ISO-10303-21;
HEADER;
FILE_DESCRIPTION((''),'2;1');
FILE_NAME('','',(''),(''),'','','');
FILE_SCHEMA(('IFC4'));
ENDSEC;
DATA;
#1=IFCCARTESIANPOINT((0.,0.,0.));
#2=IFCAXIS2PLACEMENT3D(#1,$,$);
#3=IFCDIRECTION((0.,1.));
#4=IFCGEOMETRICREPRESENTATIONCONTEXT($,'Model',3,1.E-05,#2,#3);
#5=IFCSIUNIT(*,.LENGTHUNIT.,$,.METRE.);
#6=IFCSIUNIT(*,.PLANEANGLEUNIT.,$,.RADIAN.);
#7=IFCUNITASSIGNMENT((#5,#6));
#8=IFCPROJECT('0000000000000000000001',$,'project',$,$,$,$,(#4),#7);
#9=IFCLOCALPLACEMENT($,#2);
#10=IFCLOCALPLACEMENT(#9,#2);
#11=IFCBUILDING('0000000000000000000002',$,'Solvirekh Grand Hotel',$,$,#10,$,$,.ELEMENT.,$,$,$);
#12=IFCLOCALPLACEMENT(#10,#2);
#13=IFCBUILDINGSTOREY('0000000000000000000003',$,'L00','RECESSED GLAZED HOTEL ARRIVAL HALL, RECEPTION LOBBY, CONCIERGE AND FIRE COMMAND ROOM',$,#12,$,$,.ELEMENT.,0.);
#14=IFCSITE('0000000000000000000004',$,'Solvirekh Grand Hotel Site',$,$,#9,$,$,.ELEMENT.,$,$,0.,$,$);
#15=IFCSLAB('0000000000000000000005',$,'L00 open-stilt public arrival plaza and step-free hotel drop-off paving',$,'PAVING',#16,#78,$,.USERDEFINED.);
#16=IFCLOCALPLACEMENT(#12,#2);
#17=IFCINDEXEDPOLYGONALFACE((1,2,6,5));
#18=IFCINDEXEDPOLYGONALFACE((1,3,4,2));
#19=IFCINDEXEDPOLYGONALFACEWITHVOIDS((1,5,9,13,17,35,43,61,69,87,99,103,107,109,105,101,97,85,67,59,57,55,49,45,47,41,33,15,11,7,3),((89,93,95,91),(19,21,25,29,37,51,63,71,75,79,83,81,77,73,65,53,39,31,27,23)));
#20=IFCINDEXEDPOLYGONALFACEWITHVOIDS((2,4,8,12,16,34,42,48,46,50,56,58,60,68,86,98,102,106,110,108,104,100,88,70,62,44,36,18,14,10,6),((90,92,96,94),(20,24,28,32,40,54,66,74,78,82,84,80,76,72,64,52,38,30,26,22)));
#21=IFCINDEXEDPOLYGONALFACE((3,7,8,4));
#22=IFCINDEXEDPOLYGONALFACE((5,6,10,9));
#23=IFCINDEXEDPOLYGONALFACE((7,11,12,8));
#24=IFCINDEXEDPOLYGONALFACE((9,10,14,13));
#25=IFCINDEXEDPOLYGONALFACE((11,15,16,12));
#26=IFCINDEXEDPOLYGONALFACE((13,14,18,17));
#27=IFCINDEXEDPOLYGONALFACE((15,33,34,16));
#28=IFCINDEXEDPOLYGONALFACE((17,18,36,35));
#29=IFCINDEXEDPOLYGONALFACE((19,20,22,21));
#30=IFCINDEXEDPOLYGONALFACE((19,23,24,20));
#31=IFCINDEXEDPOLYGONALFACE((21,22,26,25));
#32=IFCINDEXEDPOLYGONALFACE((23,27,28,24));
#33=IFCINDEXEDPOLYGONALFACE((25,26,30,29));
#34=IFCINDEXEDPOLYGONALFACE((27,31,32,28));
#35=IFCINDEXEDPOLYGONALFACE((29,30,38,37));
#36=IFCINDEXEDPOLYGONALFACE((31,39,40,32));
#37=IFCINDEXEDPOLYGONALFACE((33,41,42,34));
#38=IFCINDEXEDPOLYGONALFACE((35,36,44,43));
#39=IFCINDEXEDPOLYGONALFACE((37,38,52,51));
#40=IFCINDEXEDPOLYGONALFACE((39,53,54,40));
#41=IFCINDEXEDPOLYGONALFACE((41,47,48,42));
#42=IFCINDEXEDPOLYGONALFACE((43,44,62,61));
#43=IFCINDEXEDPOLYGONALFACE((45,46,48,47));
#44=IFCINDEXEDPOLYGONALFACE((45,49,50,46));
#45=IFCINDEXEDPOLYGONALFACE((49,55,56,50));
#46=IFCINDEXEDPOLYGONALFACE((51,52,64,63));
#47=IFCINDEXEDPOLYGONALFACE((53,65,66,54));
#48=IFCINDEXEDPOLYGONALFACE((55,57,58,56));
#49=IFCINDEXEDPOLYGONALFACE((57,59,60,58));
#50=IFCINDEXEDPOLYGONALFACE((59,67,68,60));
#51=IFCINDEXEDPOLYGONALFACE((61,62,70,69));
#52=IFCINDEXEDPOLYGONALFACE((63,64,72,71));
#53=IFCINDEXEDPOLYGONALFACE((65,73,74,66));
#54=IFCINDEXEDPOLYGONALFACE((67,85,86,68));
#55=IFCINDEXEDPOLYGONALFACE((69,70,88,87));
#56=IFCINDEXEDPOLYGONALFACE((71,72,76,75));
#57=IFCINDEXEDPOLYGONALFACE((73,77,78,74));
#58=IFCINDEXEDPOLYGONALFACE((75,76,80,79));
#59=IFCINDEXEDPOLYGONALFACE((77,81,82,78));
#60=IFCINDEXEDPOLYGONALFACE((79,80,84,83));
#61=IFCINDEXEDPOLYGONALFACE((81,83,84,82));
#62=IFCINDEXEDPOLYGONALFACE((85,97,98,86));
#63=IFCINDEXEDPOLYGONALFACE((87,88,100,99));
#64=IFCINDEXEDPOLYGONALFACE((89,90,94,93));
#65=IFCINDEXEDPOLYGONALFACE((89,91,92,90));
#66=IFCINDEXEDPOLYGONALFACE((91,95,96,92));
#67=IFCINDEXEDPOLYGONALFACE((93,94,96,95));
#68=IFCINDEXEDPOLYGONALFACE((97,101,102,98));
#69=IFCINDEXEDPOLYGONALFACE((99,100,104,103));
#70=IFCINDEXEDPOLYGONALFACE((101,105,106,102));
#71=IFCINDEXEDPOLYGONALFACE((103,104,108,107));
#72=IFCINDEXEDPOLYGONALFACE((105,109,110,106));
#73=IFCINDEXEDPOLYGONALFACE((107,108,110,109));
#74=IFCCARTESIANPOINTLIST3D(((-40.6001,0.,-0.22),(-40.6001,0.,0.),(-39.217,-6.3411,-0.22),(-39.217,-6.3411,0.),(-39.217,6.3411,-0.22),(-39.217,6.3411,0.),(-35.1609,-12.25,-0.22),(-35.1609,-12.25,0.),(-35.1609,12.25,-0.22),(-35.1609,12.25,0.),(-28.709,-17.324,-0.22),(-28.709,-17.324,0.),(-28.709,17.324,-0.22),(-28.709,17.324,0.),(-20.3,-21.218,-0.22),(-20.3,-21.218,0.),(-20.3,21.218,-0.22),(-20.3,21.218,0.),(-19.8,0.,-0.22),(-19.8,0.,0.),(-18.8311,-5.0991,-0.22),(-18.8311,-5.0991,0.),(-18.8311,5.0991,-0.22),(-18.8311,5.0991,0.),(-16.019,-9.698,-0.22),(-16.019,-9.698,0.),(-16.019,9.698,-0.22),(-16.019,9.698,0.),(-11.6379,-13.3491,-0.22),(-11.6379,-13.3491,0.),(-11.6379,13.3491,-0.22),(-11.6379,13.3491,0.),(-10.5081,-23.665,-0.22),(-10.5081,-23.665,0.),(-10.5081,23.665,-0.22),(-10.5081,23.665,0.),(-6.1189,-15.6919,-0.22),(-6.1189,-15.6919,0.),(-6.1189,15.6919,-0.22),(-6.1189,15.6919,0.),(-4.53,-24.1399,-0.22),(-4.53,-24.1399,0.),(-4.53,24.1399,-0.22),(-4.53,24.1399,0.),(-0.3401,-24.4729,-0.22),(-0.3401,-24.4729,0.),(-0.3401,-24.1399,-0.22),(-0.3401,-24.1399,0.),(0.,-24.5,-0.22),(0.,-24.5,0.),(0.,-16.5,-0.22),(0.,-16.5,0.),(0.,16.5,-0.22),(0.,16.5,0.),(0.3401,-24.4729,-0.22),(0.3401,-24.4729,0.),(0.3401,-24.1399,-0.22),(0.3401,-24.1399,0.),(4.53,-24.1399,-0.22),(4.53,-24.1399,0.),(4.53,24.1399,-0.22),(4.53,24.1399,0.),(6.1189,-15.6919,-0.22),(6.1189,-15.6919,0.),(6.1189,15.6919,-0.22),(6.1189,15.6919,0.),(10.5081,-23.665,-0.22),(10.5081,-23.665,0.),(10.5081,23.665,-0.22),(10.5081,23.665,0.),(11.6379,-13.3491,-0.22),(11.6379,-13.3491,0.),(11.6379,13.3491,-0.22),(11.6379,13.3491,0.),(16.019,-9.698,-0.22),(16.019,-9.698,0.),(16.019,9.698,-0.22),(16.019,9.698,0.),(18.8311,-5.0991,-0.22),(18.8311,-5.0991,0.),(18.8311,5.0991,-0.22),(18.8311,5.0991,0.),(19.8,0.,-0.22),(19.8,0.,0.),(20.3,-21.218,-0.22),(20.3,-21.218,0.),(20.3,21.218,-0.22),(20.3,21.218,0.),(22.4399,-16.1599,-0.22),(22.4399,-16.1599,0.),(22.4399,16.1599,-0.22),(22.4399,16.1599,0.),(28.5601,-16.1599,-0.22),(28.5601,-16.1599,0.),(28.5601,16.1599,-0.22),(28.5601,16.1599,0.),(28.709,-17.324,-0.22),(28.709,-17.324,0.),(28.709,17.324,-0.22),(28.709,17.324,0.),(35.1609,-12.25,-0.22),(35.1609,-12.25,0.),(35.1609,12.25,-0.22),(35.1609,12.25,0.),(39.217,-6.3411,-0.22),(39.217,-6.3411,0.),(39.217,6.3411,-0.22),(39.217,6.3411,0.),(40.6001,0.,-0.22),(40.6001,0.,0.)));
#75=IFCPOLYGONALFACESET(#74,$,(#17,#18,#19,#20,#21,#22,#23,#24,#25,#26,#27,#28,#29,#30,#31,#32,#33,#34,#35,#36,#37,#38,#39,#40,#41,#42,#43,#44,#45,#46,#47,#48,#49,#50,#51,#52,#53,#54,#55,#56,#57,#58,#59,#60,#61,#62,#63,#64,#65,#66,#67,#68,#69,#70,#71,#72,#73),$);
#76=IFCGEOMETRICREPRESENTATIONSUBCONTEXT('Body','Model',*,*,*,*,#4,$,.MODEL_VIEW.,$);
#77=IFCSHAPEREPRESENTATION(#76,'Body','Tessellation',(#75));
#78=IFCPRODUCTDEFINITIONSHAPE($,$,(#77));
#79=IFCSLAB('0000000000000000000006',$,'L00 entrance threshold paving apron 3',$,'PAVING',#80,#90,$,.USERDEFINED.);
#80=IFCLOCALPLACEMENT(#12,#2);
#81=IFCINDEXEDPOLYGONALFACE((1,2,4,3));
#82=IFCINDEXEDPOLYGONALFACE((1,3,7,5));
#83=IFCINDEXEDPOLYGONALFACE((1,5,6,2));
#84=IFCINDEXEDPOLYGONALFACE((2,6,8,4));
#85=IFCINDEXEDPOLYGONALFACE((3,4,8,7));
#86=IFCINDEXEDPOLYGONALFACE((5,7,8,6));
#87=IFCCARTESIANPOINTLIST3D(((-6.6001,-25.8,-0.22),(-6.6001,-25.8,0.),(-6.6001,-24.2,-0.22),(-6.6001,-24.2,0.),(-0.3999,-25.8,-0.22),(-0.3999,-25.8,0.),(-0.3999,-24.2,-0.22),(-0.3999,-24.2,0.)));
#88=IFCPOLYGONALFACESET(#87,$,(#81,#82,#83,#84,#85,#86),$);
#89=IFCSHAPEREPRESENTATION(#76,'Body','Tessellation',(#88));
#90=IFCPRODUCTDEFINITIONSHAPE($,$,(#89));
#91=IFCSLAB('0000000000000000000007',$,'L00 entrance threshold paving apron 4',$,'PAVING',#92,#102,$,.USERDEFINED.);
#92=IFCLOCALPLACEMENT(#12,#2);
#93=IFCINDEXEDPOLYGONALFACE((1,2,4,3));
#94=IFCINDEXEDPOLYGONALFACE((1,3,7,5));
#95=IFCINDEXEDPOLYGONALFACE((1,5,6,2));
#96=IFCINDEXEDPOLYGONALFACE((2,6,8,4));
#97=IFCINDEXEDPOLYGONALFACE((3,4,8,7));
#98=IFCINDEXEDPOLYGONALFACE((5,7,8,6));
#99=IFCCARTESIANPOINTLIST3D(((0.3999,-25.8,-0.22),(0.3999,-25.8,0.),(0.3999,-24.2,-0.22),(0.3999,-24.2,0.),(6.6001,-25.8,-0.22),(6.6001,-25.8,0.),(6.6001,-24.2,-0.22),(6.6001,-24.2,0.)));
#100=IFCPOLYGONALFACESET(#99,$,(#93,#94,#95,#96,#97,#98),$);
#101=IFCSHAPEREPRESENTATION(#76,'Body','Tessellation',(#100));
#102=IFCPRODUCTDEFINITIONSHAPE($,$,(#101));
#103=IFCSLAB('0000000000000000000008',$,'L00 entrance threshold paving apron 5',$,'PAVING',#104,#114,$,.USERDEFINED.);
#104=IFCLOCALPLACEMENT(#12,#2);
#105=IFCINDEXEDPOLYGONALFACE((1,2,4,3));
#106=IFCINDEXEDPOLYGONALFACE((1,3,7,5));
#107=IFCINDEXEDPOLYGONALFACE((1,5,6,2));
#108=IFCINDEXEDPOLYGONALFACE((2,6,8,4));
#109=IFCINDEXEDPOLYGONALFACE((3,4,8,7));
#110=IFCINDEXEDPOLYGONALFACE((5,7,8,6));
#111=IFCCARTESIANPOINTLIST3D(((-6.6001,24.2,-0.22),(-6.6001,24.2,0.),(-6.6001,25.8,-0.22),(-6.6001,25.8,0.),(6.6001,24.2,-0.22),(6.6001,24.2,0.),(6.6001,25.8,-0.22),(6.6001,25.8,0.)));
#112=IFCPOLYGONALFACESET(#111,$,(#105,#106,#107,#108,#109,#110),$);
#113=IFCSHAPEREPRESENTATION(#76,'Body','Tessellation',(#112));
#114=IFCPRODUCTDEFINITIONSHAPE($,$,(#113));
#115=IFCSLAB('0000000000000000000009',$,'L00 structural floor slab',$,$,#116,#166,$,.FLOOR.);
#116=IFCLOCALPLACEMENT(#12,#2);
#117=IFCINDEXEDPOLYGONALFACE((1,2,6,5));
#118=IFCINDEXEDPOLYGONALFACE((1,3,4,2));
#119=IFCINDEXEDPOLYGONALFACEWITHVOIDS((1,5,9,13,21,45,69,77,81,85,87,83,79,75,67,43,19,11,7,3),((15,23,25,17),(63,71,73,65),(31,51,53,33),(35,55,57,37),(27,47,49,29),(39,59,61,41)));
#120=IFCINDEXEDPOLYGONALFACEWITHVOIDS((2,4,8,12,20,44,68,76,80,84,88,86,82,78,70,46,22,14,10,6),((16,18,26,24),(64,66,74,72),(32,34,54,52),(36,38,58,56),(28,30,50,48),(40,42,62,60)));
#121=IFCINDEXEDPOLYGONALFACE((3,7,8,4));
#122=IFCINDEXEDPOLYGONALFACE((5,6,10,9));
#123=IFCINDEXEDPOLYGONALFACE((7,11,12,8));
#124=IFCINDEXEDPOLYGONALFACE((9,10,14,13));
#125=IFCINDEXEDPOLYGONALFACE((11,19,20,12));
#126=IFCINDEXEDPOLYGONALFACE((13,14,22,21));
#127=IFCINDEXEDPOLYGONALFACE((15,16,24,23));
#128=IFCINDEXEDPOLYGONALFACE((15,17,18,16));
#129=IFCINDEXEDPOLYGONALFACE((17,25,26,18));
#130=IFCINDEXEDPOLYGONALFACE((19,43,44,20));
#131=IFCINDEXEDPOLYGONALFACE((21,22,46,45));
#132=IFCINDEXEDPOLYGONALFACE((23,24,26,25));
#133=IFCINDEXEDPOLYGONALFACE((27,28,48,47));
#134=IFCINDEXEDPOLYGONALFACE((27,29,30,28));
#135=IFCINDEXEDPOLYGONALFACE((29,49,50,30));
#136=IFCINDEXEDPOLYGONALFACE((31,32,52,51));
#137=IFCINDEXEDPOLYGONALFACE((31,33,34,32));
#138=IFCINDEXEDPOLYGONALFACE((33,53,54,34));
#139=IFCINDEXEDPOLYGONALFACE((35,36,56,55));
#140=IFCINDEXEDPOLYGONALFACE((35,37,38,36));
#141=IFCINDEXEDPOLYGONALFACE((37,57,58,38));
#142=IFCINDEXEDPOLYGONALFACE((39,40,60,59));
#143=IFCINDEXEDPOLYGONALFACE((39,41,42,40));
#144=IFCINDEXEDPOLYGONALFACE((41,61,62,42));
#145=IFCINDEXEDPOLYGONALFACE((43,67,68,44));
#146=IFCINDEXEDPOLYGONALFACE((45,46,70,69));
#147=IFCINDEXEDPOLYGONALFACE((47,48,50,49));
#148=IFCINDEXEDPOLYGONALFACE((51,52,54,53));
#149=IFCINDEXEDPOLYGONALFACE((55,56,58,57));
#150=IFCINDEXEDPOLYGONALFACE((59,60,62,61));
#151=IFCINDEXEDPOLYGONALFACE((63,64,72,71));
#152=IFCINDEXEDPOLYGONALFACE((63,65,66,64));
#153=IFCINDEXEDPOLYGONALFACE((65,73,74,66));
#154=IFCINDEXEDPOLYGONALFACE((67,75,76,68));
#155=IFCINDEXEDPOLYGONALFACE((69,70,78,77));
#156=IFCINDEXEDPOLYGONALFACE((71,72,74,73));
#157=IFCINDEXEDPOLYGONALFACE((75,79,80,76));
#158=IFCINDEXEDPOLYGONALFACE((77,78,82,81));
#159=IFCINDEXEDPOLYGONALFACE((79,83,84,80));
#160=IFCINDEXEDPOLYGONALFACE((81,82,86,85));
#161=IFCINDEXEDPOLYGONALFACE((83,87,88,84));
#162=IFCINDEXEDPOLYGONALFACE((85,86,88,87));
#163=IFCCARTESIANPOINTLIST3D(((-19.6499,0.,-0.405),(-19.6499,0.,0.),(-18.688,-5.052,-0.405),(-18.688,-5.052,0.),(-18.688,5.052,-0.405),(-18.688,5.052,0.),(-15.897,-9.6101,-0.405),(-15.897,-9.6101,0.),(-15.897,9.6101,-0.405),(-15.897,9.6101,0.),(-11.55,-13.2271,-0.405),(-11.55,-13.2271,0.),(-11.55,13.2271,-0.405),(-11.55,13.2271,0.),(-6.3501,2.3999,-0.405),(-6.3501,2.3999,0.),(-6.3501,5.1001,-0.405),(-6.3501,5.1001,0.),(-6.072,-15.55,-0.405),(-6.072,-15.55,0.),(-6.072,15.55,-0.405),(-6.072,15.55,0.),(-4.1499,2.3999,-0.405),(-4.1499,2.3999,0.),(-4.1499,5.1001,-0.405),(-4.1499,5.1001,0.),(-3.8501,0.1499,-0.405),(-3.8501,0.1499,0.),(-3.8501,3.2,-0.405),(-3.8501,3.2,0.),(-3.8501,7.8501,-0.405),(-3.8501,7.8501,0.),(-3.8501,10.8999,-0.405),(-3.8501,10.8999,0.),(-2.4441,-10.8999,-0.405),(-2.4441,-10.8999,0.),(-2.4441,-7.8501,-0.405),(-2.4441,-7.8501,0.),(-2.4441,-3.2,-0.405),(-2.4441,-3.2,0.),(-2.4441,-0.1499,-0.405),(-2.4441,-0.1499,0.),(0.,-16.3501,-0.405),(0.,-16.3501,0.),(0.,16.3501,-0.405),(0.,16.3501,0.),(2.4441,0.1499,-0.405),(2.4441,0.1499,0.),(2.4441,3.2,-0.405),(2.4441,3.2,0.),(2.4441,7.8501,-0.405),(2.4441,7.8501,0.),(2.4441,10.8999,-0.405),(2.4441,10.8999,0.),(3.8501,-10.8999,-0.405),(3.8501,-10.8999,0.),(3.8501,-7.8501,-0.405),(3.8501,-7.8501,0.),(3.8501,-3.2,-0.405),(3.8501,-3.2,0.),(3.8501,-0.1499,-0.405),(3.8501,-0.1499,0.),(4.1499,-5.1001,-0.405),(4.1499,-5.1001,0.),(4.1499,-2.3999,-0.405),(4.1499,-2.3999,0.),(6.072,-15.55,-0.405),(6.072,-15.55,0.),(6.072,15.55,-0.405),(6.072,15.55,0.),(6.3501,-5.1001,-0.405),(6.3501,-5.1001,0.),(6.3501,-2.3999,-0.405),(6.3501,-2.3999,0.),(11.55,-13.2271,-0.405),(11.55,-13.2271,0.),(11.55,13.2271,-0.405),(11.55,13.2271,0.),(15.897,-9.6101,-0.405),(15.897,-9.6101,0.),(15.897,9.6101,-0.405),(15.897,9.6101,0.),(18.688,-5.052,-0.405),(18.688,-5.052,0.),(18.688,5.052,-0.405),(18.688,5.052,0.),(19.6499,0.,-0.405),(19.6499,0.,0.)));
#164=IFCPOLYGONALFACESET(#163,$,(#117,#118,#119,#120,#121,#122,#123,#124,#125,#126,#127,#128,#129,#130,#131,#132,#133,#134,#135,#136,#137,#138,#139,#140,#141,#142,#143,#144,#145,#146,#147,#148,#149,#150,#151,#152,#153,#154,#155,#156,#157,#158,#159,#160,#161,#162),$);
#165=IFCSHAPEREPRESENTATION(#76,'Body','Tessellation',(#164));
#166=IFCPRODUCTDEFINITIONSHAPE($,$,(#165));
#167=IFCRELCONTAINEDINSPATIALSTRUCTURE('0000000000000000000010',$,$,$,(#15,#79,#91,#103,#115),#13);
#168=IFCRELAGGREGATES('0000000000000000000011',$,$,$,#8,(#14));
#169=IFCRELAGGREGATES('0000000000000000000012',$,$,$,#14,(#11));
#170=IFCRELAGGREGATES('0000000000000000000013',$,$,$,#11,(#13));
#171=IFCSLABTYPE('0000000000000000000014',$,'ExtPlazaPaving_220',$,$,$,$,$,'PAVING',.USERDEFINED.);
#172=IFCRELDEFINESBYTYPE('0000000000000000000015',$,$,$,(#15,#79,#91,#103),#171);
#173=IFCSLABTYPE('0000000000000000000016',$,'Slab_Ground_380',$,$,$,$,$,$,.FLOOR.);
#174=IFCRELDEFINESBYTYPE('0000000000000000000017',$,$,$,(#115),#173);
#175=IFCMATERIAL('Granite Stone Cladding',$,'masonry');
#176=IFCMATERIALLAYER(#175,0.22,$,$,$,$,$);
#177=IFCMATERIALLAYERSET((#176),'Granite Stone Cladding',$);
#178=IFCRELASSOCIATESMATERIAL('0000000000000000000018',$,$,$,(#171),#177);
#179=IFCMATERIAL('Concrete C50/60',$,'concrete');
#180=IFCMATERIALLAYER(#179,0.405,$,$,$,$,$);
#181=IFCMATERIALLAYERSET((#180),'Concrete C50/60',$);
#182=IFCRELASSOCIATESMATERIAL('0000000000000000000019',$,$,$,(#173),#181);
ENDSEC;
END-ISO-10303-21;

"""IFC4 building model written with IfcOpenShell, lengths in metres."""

from ifc_helpers import new_model, si_unit, direction, frame, origin, place, context, subcontext, project, spatial, polyline, outline, extrude, material, layer, layer_set, type_object, element, save


model = new_model("IFC4")

# Units and contexts
model_context = context("Model", 3, precision=1e-05, world=origin(), true_north=direction((0.0, 1.0)))
body_context = subcontext(model_context, "Body", "Model", "MODEL_VIEW")
ifc_project = project(units=[si_unit("LENGTHUNIT", "METRE"), si_unit("PLANEANGLEUNIT", "RADIAN")], contexts=[model_context])

# Site, building, storey
site_placement = place(None, origin())
site = spatial("IfcSite", under=ifc_project, at=site_placement, Name="Solvirekh Grand Hotel Site", CompositionType="ELEMENT", RefElevation=0.0)
building_placement = place(site_placement, origin())
building = spatial("IfcBuilding", under=site, at=building_placement, Name="Solvirekh Grand Hotel", CompositionType="ELEMENT")
storey_placement = place(building_placement, origin())
storey = spatial("IfcBuildingStorey", under=building, at=storey_placement, Name="L00", Description="RECESSED GLAZED HOTEL ARRIVAL HALL, RECEPTION LOBBY, CONCIERGE AND FIRE COMMAND ROOM", CompositionType="ELEMENT", Elevation=0.0)

# Slabs
ifc_material_1 = material(Name="Granite Stone Cladding", Category="masonry")
ifc_layer_1 = layer(ifc_material_1, 0.22)
ifc_layer_set_1 = layer_set([ifc_layer_1], Name="Granite Stone Cladding")
slab_type_1 = type_object("IfcSlabType", Name="ExtPlazaPaving_220", ElementType="PAVING", PredefinedType="USERDEFINED", material=ifc_layer_set_1)
slab_1_placement = place(storey_placement, frame((0.0, 0.0, -0.22)))
element("IfcSlab", 1, at=slab_1_placement, inside=storey, type_object=slab_type_1, Name="L00 open-stilt public arrival plaza and step-free hotel drop-off paving", ObjectType="PAVING", PredefinedType="USERDEFINED", context=body_context, shape_type="SweptSolid", body=[
    extrude(outline(polyline([(-20.3, -21.218), (-10.5081, -23.665), (-4.53, -24.1399), (-0.3401, -24.1399), (-0.3401, -24.4729), (0.0, -24.5), (0.3401, -24.4729), (0.3401, -24.1399), (4.53, -24.1399), (10.5081, -23.665), (20.3, -21.218), (28.709, -17.324), (35.1609, -12.25), (39.217, -6.3411), (40.6001, 0.0), (39.217, 6.3411), (35.1609, 12.25), (28.709, 17.324), (20.3, 21.218), (10.5081, 23.665), (4.53, 24.1399), (-4.53, 24.1399), (-10.5081, 23.665), (-20.3, 21.218), (-28.709, 17.324), (-35.1609, 12.25), (-39.217, 6.3411), (-40.6001, 0.0), (-39.217, -6.3411), (-35.1609, -12.25), (-28.709, -17.324), (-20.3, -21.218)]), holes=[polyline([(18.8311, -5.0991), (16.019, -9.698), (11.6379, -13.3491), (6.1189, -15.6919), (0.0, -16.5), (-6.1189, -15.6919), (-11.6379, -13.3491), (-16.019, -9.698), (-18.8311, -5.0991), (-19.8, 0.0), (-18.8311, 5.0991), (-16.019, 9.698), (-11.6379, 13.3491), (-6.1189, 15.6919), (0.0, 16.5), (6.1189, 15.6919), (11.6379, 13.3491), (16.019, 9.698), (18.8311, 5.0991), (19.8, 0.0), (18.8311, -5.0991)]), polyline([(22.4399, 16.1599), (28.5601, 16.1599), (28.5601, -16.1599), (22.4399, -16.1599), (22.4399, 16.1599)])]), origin(), (0.0, 0.0, 1.0), 0.22),
])
slab_2_placement = place(storey_placement, frame((0.0, 0.0, -0.22)))
element("IfcSlab", 2, at=slab_2_placement, inside=storey, type_object=slab_type_1, Name="L00 entrance threshold paving apron 3", ObjectType="PAVING", PredefinedType="USERDEFINED", context=body_context, shape_type="SweptSolid", body=[
    extrude(outline(polyline([(-6.6001, -25.8), (-0.3999, -25.8), (-0.3999, -24.2), (-6.6001, -24.2), (-6.6001, -25.8)])), origin(), (0.0, 0.0, 1.0), 0.22),
])
slab_3_placement = place(storey_placement, frame((0.0, 0.0, -0.22)))
element("IfcSlab", 3, at=slab_3_placement, inside=storey, type_object=slab_type_1, Name="L00 entrance threshold paving apron 4", ObjectType="PAVING", PredefinedType="USERDEFINED", context=body_context, shape_type="SweptSolid", body=[
    extrude(outline(polyline([(0.3999, -25.8), (6.6001, -25.8), (6.6001, -24.2), (0.3999, -24.2), (0.3999, -25.8)])), origin(), (0.0, 0.0, 1.0), 0.22),
])
slab_4_placement = place(storey_placement, frame((0.0, 0.0, -0.22)))
element("IfcSlab", 4, at=slab_4_placement, inside=storey, type_object=slab_type_1, Name="L00 entrance threshold paving apron 5", ObjectType="PAVING", PredefinedType="USERDEFINED", context=body_context, shape_type="SweptSolid", body=[
    extrude(outline(polyline([(-6.6001, 24.2), (6.6001, 24.2), (6.6001, 25.8), (-6.6001, 25.8), (-6.6001, 24.2)])), origin(), (0.0, 0.0, 1.0), 0.22),
])
ifc_material_2 = material(Name="Concrete C50/60", Category="concrete")
ifc_layer_2 = layer(ifc_material_2, 0.405)
ifc_layer_set_2 = layer_set([ifc_layer_2], Name="Concrete C50/60")
slab_type_2 = type_object("IfcSlabType", Name="Slab_Ground_380", PredefinedType="FLOOR", material=ifc_layer_set_2)
slab_5_placement = place(storey_placement, frame((0.0, 0.0, -0.405)))
element("IfcSlab", 5, at=slab_5_placement, inside=storey, type_object=slab_type_2, Name="L00 structural floor slab", PredefinedType="FLOOR", context=body_context, shape_type="SweptSolid", body=[
    extrude(outline(polyline([(19.6499, 0.0), (18.688, 5.052), (15.897, 9.6101), (11.55, 13.2271), (6.072, 15.55), (0.0, 16.3501), (-6.072, 15.55), (-11.55, 13.2271), (-15.897, 9.6101), (-18.688, 5.052), (-19.6499, 0.0), (-18.688, -5.052), (-15.897, -9.6101), (-11.55, -13.2271), (-6.072, -15.55), (0.0, -16.3501), (6.072, -15.55), (11.55, -13.2271), (15.897, -9.6101), (18.688, -5.052), (19.6499, 0.0)]), holes=[polyline([(-2.4441, -0.1499), (3.8501, -0.1499), (3.8501, -3.2), (-2.4441, -3.2), (-2.4441, -0.1499)]), polyline([(2.4441, 0.1499), (-3.8501, 0.1499), (-3.8501, 3.2), (2.4441, 3.2), (2.4441, 0.1499)]), polyline([(-2.4441, -7.8501), (3.8501, -7.8501), (3.8501, -10.8999), (-2.4441, -10.8999), (-2.4441, -7.8501)]), polyline([(2.4441, 7.8501), (-3.8501, 7.8501), (-3.8501, 10.8999), (2.4441, 10.8999), (2.4441, 7.8501)]), polyline([(-6.3501, 5.1001), (-4.1499, 5.1001), (-4.1499, 2.3999), (-6.3501, 2.3999), (-6.3501, 5.1001)]), polyline([(4.1499, -2.3999), (6.3501, -2.3999), (6.3501, -5.1001), (4.1499, -5.1001), (4.1499, -2.3999)])]), origin(), (0.0, 0.0, 1.0), 0.405),
])

save(model, "model.ifc")
